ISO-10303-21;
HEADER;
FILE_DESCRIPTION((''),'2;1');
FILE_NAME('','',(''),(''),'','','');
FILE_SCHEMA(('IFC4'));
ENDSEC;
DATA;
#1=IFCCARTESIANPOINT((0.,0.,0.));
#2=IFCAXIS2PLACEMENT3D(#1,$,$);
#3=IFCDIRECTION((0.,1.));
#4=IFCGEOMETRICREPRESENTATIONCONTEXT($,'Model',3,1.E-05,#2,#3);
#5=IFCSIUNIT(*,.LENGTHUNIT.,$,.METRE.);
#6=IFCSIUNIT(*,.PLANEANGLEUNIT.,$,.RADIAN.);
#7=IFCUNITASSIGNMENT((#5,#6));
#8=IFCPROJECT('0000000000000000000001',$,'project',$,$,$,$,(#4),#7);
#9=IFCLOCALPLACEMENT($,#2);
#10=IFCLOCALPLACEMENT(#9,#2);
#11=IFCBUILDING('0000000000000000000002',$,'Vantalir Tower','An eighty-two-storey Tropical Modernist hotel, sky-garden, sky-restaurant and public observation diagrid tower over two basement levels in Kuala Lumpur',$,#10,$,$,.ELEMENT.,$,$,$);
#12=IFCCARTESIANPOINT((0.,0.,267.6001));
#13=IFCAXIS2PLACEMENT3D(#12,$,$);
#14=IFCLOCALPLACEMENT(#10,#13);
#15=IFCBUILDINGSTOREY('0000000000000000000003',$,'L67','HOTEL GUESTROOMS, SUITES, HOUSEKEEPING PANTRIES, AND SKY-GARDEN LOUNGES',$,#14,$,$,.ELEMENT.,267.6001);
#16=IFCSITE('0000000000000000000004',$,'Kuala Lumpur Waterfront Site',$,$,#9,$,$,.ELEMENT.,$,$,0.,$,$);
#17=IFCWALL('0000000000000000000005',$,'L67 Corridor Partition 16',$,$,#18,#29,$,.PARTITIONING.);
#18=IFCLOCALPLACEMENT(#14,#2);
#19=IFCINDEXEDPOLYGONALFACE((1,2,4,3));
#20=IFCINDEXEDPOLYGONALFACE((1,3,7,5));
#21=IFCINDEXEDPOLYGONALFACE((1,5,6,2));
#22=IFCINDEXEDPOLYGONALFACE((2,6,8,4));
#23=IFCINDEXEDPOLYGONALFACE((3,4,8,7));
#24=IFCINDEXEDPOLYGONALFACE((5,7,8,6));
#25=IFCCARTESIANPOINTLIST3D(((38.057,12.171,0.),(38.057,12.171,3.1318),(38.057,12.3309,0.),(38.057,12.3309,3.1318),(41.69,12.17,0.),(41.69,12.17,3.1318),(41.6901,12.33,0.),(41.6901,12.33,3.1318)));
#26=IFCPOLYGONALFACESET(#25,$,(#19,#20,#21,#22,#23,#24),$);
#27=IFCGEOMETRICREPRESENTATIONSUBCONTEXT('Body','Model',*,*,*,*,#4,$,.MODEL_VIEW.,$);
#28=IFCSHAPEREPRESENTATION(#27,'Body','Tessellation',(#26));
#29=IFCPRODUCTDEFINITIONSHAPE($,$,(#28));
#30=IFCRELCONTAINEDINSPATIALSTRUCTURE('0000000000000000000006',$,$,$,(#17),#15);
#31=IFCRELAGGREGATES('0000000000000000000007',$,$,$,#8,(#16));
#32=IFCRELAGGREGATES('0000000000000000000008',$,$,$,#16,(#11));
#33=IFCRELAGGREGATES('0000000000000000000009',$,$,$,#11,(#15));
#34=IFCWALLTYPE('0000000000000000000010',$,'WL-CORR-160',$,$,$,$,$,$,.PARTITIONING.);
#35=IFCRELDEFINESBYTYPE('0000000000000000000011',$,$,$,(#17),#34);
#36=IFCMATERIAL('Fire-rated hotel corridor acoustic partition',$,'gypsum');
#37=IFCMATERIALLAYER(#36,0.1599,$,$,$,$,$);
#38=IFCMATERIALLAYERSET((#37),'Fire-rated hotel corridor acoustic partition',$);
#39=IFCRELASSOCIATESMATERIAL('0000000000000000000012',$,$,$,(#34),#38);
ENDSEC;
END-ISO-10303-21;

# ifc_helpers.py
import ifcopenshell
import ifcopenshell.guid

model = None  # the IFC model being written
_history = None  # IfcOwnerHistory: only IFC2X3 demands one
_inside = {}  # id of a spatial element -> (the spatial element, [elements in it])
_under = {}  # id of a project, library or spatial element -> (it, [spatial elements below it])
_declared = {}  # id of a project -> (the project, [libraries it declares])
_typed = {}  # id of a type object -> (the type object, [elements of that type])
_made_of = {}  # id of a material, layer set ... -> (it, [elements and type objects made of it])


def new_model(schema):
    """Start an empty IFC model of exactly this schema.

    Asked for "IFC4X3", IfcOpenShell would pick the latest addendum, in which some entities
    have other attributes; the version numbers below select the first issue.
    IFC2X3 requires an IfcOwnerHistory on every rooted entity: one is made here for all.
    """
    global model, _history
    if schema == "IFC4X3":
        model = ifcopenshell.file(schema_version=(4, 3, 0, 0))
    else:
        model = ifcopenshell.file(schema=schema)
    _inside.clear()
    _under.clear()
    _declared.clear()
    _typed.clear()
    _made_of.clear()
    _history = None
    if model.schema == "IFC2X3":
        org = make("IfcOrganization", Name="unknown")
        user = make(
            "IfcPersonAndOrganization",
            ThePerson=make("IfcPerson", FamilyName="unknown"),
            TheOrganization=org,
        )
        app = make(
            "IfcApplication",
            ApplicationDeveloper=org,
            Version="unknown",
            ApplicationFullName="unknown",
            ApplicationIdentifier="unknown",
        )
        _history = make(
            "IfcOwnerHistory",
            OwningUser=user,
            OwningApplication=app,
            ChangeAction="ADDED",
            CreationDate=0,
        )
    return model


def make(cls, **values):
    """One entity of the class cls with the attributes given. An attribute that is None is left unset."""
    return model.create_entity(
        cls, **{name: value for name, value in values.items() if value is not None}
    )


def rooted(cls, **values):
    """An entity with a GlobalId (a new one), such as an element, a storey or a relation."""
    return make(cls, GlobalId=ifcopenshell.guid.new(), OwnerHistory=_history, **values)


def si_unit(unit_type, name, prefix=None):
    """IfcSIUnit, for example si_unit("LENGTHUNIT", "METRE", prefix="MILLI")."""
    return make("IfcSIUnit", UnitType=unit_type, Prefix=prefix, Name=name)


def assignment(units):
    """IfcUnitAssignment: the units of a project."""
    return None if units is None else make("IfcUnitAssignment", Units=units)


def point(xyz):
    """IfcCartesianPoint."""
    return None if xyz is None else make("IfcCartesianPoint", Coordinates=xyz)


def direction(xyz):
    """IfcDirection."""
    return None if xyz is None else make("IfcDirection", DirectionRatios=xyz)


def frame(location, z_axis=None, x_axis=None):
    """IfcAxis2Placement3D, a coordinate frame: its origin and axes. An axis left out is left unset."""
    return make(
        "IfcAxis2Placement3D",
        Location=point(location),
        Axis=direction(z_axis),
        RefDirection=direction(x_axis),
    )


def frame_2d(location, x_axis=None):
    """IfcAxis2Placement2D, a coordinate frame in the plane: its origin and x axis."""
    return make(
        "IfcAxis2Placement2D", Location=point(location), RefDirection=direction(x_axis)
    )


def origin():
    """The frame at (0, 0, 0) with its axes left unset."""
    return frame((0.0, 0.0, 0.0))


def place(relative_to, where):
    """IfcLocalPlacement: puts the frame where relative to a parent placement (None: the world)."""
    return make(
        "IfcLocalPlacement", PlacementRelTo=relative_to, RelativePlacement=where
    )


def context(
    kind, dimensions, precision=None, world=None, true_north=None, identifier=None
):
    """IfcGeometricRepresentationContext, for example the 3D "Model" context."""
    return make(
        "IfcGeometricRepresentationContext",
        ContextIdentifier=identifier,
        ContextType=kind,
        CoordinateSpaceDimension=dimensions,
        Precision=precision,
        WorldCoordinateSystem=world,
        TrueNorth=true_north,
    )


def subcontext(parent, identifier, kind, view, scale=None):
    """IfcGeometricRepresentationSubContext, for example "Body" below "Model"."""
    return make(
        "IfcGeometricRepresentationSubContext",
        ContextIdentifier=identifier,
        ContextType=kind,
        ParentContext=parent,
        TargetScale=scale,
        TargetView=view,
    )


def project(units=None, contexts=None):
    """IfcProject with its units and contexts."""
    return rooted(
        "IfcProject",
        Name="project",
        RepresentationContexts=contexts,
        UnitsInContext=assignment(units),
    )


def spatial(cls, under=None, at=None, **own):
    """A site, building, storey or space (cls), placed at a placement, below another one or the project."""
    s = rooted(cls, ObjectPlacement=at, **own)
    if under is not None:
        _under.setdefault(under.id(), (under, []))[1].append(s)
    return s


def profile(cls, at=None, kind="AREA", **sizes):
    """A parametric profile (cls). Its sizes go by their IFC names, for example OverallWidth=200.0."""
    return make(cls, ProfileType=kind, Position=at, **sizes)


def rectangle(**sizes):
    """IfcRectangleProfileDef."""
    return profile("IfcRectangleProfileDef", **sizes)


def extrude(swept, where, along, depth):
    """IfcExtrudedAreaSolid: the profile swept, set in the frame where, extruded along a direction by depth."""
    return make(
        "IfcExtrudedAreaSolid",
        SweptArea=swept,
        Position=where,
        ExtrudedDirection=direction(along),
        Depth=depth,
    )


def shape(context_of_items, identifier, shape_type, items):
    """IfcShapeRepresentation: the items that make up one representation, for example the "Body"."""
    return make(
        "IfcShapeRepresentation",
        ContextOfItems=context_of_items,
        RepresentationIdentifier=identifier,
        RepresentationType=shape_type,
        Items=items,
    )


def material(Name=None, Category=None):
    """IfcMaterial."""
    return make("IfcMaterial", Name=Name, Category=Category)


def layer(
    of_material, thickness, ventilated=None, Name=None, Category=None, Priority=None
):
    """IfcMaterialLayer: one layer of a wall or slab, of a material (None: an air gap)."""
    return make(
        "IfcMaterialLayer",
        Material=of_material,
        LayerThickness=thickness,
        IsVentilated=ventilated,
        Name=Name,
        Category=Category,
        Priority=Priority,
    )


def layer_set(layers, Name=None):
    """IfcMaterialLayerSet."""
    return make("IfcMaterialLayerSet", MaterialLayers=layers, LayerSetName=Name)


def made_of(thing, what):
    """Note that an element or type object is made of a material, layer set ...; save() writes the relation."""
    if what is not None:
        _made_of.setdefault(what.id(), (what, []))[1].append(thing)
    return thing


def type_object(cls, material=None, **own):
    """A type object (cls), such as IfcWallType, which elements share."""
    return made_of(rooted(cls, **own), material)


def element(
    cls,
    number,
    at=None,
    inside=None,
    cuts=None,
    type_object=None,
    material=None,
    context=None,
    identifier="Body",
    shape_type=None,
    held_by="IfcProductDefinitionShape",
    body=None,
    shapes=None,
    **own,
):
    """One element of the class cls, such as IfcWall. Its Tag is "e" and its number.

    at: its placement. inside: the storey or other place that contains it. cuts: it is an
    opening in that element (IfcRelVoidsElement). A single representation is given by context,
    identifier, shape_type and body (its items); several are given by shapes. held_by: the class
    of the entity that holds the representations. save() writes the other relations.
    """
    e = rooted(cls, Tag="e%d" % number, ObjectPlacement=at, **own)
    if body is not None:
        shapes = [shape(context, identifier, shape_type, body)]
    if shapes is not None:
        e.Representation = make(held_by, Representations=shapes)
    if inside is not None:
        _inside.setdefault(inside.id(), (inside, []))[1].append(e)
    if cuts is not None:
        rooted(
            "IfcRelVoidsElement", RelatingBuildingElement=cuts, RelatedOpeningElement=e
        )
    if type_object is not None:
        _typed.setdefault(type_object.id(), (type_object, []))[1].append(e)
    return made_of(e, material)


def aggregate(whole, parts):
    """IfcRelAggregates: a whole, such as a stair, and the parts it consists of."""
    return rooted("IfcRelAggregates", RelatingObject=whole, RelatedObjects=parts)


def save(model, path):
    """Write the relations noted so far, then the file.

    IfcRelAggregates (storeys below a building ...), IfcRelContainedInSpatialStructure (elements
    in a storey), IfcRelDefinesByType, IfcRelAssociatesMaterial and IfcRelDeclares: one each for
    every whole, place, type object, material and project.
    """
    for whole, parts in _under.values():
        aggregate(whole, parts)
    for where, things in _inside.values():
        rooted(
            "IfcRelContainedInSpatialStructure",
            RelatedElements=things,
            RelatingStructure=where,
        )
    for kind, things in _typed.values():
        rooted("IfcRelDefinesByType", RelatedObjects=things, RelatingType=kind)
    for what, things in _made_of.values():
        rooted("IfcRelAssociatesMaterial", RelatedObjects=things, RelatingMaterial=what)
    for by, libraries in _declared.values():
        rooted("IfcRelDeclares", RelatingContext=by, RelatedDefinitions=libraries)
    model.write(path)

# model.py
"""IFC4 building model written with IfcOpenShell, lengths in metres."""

from ifc_helpers import new_model, si_unit, direction, frame, frame_2d, origin, place, context, subcontext, project, spatial, rectangle, extrude, material, layer, layer_set, type_object, element, save


model = new_model("IFC4")

# Units and contexts
model_context = context("Model", 3, precision=1e-05, world=origin(), true_north=direction((0.0, 1.0)))
body_context = subcontext(model_context, "Body", "Model", "MODEL_VIEW")
ifc_project = project(units=[si_unit("LENGTHUNIT", "METRE"), si_unit("PLANEANGLEUNIT", "RADIAN")], contexts=[model_context])

# Site, building, storey
site_placement = place(None, origin())
site = spatial("IfcSite", under=ifc_project, at=site_placement, Name="Kuala Lumpur Waterfront Site", CompositionType="ELEMENT", RefElevation=0.0)
building_placement = place(site_placement, origin())
building = spatial("IfcBuilding", under=site, at=building_placement, Name="Vantalir Tower", Description="An eighty-two-storey Tropical Modernist hotel, sky-garden, sky-restaurant and public observation diagrid tower over two basement levels in Kuala Lumpur", CompositionType="ELEMENT")
storey_placement = place(building_placement, frame((0.0, 0.0, 267.6001)))
storey = spatial("IfcBuildingStorey", under=building, at=storey_placement, Name="L67", Description="HOTEL GUESTROOMS, SUITES, HOUSEKEEPING PANTRIES, AND SKY-GARDEN LOUNGES", CompositionType="ELEMENT", Elevation=267.6001)

# Wall
ifc_material_1 = material(Name="Fire-rated hotel corridor acoustic partition", Category="gypsum")
ifc_layer_1 = layer(ifc_material_1, 0.1599)
ifc_layer_set_1 = layer_set([ifc_layer_1], Name="Fire-rated hotel corridor acoustic partition")
wall_type = type_object("IfcWallType", Name="WL-CORR-160", PredefinedType="PARTITIONING", material=ifc_layer_set_1)
wall_1_placement = place(storey_placement, frame((41.6899, 12.25, 0.0), z_axis=(0.0, 0.0, 1.0), x_axis=(-1.0, 0.000269, 0.0)))
element("IfcWall", 1, at=wall_1_placement, inside=storey, type_object=wall_type, Name="L67 Corridor Partition 16", PredefinedType="PARTITIONING", context=body_context, shape_type="SweptSolid", body=[
    extrude(rectangle(XDim=3.6331, YDim=0.1599, at=frame_2d((1.8164, 0.0))), origin(), (0.0, 0.0, 1.0), 3.1318),
])

save(model, "model.ifc")
